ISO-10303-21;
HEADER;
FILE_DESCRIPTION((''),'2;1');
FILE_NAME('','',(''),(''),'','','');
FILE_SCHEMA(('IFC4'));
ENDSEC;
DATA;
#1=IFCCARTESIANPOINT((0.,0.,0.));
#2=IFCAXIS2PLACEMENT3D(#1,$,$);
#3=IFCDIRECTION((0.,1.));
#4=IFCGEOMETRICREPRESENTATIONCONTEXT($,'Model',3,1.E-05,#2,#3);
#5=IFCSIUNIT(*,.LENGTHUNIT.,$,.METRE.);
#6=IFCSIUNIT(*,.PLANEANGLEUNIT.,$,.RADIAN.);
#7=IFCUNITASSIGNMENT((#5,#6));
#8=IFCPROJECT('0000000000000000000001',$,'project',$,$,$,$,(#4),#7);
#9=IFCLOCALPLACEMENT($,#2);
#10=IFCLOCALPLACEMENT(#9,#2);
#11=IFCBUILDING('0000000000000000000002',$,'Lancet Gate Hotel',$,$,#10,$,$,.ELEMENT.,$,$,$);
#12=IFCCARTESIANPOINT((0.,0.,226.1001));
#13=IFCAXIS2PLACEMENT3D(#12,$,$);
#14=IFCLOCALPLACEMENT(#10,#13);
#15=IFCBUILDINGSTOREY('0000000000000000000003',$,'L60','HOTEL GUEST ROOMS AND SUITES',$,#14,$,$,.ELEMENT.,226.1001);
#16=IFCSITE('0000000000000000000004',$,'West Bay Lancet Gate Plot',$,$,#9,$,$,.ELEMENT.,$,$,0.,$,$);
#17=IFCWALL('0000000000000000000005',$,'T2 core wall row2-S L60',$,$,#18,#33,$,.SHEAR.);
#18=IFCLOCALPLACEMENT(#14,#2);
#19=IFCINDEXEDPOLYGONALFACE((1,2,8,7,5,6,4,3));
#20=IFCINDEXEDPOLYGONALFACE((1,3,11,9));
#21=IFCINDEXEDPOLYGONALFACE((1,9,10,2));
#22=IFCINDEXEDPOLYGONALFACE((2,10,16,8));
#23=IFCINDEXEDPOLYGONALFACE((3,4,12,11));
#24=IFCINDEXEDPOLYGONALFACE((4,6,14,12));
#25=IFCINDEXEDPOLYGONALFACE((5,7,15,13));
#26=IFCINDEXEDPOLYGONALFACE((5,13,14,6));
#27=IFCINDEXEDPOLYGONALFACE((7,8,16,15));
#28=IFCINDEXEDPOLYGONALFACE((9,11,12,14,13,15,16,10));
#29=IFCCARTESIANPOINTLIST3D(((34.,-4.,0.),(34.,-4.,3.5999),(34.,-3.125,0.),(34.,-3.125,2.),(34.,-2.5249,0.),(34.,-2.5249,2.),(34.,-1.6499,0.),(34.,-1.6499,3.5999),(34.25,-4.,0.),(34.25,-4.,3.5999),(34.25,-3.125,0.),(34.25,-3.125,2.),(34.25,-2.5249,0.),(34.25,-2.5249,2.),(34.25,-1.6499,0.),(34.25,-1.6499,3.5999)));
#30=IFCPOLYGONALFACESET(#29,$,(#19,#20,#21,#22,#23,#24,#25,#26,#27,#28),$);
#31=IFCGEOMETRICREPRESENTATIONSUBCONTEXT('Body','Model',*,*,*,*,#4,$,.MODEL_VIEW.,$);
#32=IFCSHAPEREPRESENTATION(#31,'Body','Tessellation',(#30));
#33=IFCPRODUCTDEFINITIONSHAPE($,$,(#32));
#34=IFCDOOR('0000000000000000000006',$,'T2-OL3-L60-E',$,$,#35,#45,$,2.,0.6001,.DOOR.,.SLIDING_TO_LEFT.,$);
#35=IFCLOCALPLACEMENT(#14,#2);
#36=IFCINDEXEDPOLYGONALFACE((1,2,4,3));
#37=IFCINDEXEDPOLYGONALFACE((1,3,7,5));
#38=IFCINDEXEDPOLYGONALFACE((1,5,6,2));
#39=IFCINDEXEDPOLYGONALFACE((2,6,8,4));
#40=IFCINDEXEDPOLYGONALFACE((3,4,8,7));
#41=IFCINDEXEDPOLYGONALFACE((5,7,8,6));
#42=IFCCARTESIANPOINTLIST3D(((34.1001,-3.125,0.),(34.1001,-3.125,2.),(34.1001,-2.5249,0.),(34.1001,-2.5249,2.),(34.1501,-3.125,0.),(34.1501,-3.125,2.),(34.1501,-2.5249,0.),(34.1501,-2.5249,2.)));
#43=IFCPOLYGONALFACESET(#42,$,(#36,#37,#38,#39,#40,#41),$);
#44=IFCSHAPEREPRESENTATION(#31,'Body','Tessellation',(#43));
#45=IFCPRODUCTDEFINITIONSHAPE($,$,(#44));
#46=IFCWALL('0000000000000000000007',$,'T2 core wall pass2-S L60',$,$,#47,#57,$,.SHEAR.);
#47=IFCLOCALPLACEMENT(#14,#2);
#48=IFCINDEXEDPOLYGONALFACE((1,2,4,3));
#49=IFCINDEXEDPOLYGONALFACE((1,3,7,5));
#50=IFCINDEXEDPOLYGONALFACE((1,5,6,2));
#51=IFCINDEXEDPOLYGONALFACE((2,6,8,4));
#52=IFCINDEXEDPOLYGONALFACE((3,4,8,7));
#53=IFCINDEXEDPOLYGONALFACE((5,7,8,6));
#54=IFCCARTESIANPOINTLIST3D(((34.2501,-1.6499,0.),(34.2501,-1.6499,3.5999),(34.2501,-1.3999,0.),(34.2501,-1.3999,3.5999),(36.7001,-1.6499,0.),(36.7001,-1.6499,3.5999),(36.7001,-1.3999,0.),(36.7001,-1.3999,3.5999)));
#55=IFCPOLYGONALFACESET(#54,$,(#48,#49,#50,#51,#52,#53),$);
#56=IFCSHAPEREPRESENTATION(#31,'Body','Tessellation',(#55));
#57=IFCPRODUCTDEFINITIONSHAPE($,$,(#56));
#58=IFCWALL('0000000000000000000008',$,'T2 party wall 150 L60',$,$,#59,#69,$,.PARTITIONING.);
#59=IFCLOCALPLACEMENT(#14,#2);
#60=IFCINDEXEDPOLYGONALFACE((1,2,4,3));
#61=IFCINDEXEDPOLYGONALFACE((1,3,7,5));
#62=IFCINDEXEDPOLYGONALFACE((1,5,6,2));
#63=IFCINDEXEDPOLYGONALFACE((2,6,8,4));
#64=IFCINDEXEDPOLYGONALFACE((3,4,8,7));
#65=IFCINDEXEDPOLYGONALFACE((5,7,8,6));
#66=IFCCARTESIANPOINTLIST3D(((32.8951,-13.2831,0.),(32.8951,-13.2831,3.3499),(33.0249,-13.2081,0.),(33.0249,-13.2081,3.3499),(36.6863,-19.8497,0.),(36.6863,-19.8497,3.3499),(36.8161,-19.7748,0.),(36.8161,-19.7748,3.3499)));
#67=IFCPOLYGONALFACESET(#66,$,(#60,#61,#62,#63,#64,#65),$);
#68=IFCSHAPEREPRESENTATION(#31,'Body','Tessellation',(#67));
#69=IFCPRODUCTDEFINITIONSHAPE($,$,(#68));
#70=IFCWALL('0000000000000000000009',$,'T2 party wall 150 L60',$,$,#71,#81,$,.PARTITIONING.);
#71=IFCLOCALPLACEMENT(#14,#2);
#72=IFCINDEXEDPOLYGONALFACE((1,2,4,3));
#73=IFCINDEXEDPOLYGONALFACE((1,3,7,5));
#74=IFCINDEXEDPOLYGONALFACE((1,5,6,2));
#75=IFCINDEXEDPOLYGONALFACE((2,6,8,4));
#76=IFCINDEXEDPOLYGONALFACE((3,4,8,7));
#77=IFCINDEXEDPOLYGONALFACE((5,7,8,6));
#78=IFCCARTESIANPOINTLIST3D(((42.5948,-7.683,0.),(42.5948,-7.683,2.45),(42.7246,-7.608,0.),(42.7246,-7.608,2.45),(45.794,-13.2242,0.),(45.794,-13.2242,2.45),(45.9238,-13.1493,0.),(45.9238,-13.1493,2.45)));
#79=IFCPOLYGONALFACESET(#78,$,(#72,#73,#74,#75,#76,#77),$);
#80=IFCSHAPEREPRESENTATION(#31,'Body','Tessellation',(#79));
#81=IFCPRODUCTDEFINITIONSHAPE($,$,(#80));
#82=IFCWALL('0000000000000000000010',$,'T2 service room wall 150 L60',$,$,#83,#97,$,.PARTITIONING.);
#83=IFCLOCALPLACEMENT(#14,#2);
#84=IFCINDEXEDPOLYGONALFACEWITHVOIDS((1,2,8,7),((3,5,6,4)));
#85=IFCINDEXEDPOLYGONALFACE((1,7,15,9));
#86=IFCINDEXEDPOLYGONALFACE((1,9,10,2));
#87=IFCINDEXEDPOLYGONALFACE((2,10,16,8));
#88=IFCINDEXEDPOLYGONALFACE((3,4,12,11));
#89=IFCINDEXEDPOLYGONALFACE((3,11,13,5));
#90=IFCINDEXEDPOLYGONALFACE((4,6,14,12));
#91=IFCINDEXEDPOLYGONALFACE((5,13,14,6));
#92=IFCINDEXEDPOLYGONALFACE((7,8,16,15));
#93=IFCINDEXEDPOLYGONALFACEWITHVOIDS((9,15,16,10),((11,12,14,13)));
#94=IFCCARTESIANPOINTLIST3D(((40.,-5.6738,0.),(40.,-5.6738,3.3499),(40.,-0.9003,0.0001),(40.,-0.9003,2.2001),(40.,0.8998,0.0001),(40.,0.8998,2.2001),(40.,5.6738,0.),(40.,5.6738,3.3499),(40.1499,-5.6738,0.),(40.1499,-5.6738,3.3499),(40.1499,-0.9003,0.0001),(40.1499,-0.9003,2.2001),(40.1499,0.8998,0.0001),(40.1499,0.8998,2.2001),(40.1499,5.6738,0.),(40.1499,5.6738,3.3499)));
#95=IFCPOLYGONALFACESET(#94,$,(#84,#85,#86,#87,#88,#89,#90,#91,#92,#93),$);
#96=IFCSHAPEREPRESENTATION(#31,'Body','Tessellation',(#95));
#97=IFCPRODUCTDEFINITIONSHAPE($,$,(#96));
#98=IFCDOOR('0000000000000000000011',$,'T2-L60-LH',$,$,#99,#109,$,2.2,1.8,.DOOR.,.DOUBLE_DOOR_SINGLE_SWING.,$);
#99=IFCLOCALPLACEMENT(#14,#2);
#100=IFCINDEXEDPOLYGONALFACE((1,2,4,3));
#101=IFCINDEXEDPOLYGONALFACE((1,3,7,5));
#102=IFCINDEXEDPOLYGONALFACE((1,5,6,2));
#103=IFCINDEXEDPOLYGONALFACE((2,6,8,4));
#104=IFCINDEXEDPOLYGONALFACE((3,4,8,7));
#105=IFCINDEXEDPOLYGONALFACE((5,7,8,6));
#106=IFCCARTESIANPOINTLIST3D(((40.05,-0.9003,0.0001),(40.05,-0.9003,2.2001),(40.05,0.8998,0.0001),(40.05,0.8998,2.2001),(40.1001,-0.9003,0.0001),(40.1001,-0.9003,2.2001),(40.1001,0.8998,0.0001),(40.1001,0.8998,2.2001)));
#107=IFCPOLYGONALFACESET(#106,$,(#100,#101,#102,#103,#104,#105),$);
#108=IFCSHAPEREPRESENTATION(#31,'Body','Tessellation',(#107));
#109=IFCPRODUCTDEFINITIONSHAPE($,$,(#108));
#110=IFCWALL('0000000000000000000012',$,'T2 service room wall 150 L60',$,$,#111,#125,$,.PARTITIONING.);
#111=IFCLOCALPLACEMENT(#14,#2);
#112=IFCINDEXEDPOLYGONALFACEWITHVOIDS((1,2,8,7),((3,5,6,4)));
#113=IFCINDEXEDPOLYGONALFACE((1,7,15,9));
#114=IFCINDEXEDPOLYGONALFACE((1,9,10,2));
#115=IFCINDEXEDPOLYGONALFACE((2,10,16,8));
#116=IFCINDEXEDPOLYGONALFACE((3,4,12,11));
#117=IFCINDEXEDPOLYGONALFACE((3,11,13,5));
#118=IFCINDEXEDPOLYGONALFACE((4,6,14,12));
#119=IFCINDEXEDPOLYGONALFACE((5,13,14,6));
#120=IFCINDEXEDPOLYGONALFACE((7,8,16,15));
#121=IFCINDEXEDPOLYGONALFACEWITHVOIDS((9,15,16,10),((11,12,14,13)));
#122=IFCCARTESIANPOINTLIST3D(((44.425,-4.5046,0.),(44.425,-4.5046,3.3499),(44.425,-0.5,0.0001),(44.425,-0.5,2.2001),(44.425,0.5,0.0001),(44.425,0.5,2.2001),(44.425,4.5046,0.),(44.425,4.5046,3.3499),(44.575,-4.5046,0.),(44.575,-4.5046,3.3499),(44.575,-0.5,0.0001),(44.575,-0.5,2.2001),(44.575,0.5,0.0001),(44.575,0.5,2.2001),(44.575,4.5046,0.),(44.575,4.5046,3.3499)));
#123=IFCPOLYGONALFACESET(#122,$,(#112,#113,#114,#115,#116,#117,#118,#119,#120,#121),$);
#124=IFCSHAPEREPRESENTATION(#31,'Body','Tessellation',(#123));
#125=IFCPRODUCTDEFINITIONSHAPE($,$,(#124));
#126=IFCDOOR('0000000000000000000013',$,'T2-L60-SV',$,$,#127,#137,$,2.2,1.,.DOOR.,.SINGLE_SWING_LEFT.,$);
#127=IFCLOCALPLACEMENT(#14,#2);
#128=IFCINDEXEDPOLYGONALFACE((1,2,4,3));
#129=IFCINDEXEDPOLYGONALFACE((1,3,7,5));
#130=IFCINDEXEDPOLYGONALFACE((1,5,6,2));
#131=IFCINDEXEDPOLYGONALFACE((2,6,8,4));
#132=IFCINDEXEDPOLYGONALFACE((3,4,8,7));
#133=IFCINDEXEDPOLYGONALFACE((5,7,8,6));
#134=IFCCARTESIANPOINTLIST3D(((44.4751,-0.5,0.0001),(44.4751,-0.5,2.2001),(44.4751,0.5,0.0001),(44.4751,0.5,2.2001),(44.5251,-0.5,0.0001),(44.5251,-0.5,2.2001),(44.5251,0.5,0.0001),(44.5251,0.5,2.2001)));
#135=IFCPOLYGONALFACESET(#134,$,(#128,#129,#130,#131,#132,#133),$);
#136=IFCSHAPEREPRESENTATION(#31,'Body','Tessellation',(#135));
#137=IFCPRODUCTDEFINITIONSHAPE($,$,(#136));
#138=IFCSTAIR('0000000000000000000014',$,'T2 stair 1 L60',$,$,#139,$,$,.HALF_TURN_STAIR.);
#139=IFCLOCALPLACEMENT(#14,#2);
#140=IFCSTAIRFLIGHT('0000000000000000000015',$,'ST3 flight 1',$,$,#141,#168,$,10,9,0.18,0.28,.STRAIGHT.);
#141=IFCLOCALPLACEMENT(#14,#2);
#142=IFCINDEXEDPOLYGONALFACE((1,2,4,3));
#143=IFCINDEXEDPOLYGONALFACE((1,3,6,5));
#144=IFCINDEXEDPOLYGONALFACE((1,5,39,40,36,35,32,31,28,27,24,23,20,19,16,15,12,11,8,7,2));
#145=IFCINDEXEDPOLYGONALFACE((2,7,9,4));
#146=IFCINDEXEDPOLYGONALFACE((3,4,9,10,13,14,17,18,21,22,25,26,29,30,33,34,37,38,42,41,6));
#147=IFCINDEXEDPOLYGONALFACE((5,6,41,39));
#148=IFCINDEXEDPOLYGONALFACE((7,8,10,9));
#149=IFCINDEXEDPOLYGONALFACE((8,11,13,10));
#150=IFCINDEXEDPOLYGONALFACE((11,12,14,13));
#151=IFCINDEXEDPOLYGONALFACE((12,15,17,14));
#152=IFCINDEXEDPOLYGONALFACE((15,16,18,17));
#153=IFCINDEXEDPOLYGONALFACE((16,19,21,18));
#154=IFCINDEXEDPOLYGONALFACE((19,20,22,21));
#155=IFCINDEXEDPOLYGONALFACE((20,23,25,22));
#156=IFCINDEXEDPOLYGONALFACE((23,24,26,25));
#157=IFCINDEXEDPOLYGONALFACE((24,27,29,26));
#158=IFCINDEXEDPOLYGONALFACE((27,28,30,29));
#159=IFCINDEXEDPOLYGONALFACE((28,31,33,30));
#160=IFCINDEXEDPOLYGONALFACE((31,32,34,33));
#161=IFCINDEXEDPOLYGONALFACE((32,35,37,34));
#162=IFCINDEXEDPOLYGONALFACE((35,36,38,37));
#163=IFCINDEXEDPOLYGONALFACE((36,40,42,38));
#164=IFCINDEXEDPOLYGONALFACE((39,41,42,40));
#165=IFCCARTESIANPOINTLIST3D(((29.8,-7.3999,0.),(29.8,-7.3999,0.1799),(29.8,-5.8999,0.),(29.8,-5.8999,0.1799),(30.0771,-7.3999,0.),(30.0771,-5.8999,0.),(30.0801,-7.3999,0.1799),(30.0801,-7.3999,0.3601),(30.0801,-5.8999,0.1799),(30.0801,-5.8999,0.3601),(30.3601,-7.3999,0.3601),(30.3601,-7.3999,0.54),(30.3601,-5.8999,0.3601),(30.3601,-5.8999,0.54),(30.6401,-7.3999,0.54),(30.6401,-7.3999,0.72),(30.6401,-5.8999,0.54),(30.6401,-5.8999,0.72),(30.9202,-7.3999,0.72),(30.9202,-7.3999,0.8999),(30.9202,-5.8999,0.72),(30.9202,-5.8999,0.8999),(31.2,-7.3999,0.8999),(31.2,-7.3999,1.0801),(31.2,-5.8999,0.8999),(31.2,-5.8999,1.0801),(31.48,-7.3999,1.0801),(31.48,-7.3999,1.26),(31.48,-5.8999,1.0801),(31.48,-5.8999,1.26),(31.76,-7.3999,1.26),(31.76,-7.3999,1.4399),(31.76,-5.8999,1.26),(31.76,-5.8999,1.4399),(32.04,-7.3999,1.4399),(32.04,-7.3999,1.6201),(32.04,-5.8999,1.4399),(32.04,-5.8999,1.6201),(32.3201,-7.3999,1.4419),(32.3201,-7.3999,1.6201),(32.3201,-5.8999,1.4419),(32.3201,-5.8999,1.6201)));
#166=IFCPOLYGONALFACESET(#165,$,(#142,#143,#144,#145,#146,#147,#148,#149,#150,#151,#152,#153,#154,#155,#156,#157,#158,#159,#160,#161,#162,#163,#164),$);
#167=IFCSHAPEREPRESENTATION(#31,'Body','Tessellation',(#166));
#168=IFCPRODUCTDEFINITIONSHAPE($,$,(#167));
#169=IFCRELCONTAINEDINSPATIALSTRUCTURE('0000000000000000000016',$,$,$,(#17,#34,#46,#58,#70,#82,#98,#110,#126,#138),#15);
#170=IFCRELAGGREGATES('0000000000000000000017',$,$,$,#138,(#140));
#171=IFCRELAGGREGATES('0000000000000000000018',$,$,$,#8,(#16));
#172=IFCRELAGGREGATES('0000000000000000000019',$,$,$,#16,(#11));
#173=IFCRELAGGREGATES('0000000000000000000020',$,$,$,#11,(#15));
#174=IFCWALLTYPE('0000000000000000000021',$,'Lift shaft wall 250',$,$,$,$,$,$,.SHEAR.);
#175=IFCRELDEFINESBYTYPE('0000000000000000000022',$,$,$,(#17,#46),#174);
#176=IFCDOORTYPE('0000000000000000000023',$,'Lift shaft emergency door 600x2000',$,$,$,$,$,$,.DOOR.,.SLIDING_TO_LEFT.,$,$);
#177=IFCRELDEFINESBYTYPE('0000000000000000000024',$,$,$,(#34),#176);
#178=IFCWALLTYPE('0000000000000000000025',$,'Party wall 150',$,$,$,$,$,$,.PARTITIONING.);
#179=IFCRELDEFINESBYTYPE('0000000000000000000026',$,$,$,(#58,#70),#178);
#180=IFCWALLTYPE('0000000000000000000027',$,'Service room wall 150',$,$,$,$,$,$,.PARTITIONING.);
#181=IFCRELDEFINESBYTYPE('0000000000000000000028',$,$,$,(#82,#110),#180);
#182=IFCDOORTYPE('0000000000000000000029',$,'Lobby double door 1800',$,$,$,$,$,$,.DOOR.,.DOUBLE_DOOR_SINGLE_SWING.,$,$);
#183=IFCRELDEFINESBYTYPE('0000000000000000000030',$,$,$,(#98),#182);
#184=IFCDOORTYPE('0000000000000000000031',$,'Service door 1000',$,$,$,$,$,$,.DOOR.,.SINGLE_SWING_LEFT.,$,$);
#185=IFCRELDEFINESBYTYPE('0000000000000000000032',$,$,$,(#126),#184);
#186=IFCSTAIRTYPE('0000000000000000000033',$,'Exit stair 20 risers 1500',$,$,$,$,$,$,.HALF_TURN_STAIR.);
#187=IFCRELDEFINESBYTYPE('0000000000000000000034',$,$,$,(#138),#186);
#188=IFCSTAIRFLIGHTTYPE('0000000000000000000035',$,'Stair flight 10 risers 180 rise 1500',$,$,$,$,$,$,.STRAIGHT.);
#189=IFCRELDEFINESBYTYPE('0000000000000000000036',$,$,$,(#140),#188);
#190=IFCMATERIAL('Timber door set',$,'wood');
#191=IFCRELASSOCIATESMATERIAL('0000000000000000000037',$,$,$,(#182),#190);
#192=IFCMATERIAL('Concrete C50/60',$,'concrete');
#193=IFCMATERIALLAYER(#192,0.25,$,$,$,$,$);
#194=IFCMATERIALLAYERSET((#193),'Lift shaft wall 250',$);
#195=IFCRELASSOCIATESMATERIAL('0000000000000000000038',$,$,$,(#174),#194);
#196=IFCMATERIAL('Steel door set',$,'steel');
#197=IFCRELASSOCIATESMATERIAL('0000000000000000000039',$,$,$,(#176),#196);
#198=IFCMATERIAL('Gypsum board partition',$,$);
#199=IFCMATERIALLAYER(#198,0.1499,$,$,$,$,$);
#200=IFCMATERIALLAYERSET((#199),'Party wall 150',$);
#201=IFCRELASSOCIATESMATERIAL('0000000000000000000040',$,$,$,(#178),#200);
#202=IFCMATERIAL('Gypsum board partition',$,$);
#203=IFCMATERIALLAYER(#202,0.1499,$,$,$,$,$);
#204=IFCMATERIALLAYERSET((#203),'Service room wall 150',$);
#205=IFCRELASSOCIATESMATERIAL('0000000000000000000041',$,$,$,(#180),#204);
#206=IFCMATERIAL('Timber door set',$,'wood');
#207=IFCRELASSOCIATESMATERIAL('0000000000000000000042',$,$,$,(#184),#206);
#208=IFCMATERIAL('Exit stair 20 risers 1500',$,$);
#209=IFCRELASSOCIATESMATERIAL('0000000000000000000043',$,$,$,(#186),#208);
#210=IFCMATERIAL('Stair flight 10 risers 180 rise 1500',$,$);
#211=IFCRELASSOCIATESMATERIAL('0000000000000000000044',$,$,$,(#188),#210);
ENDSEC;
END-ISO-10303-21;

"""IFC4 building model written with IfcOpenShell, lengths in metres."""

from ifc_helpers import new_model, si_unit, direction, frame, frame_2d, origin, place, context, subcontext, project, spatial, polyline, rectangle, outline, extrude, material, layer, layer_set, type_object, element, fill, aggregate, save


model = new_model("IFC4")

# Units and contexts
model_context = context("Model", 3, precision=1e-05, world=origin(), true_north=direction((0.0, 1.0)))
body_context = subcontext(model_context, "Body", "Model", "MODEL_VIEW")
ifc_project = project(units=[si_unit("LENGTHUNIT", "METRE"), si_unit("PLANEANGLEUNIT", "RADIAN")], contexts=[model_context])

# Site, building, storey
site_placement = place(None, origin())
site = spatial("IfcSite", under=ifc_project, at=site_placement, Name="West Bay Lancet Gate Plot", CompositionType="ELEMENT", RefElevation=0.0)
building_placement = place(site_placement, origin())
building = spatial("IfcBuilding", under=site, at=building_placement, Name="Lancet Gate Hotel", CompositionType="ELEMENT")
storey_placement = place(building_placement, frame((0.0, 0.0, 226.1001)))
storey = spatial("IfcBuildingStorey", under=building, at=storey_placement, Name="L60", Description="HOTEL GUEST ROOMS AND SUITES", CompositionType="ELEMENT", Elevation=226.1001)

# Wall, opening, door
ifc_material_1 = material(Name="Timber door set", Category="wood")
door_type_1 = type_object("IfcDoorType", Name="Lobby double door 1800", OperationType="DOUBLE_DOOR_SINGLE_SWING", PredefinedType="DOOR", material=ifc_material_1)
ifc_material_2 = material(Name="Concrete C50/60", Category="concrete")
ifc_layer_1 = layer(ifc_material_2, 0.25)
ifc_layer_set_1 = layer_set([ifc_layer_1], Name="Lift shaft wall 250")
wall_type_1 = type_object("IfcWallType", Name="Lift shaft wall 250", PredefinedType="SHEAR", material=ifc_layer_set_1)
wall_1_placement = place(storey_placement, frame((34.125, -4.0, 0.0), z_axis=(0.0, 0.0, 1.0), x_axis=(0.0, 1.0, 0.0)))
wall_1 = element("IfcWall", 1, at=wall_1_placement, inside=storey, type_object=wall_type_1, Name="T2 core wall row2-S L60", PredefinedType="SHEAR", context=body_context, shape_type="SweptSolid", body=[
    extrude(rectangle(XDim=2.3501, YDim=0.25, at=frame_2d((1.175, 0.0))), origin(), (0.0, 0.0, 1.0), 3.5999),
])
opening_1_placement = place(wall_1_placement, frame((0.875, 0.0, 0.0)))
opening_1 = element("IfcOpeningElement", 2, at=opening_1_placement, cuts=wall_1, PredefinedType="OPENING", context=body_context, shape_type="SweptSolid", body=[
    extrude(rectangle(XDim=0.6001, YDim=2.0, at=frame_2d((0.3, 1.0))), frame((0.0, 0.135, 0.0), z_axis=(0.0, -1.0, 0.0), x_axis=(1.0, 0.0, 0.0)), (0.0, 0.0, 1.0), 0.27),
])
ifc_material_3 = material(Name="Steel door set", Category="steel")
door_type_2 = type_object("IfcDoorType", Name="Lift shaft emergency door 600x2000", OperationType="SLIDING_TO_LEFT", PredefinedType="DOOR", material=ifc_material_3)
door_1_placement = place(opening_1_placement, origin())
door_1 = element("IfcDoor", 3, at=door_1_placement, inside=storey, type_object=door_type_2, Name="T2-OL3-L60-E", OperationType="SLIDING_TO_LEFT", OverallHeight=2.0, OverallWidth=0.6001, PredefinedType="DOOR", context=body_context, shape_type="SweptSolid", body=[
    extrude(rectangle(XDim=0.6001, YDim=2.0, at=frame_2d((0.3, 1.0))), frame((0.0, 0.0249, 0.0), z_axis=(0.0, -1.0, 0.0), x_axis=(1.0, 0.0, 0.0)), (0.0, 0.0, 1.0), 0.05),
])
fill(opening_1, door_1)

# Walls
wall_2_placement = place(storey_placement, frame((34.25, -1.5249, 0.0), z_axis=(0.0, 0.0, 1.0), x_axis=(1.0, 0.0, 0.0)))
element("IfcWall", 4, at=wall_2_placement, inside=storey, type_object=wall_type_1, Name="T2 core wall pass2-S L60", PredefinedType="SHEAR", context=body_context, shape_type="SweptSolid", body=[
    extrude(rectangle(XDim=2.45, YDim=0.25, at=frame_2d((1.2251, 0.0))), origin(), (0.0, 0.0, 1.0), 3.5999),
])
ifc_material_4 = material(Name="Gypsum board partition")
ifc_layer_2 = layer(ifc_material_4, 0.1499)
ifc_layer_set_2 = layer_set([ifc_layer_2], Name="Party wall 150")
wall_type_2 = type_object("IfcWallType", Name="Party wall 150", PredefinedType="PARTITIONING", material=ifc_layer_set_2)
wall_3_placement = place(storey_placement, frame((32.96, -13.2456, 0.0), z_axis=(0.0, 0.0, 1.0), x_axis=(0.5, -0.866025, 0.0)))
element("IfcWall", 5, at=wall_3_placement, inside=storey, type_object=wall_type_2, Name="T2 party wall 150 L60", PredefinedType="PARTITIONING", context=body_context, shape_type="SweptSolid", body=[
    extrude(rectangle(XDim=7.5825, YDim=0.1499, at=frame_2d((3.7913, 0.0))), origin(), (0.0, 0.0, 1.0), 3.3499),
])
wall_4_placement = place(storey_placement, frame((42.6597, -7.6455, 0.0), z_axis=(0.0, 0.0, 1.0), x_axis=(0.499997, -0.866027, 0.0)))
element("IfcWall", 6, at=wall_4_placement, inside=storey, type_object=wall_type_2, Name="T2 party wall 150 L60", PredefinedType="PARTITIONING", context=body_context, shape_type="SweptSolid", body=[
    extrude(rectangle(XDim=6.3984, YDim=0.1499, at=frame_2d((3.1992, 0.0))), origin(), (0.0, 0.0, 1.0), 2.45),
])

# Walls, openings, doors
ifc_material_5 = material(Name="Gypsum board partition")
ifc_layer_3 = layer(ifc_material_5, 0.1499)
ifc_layer_set_3 = layer_set([ifc_layer_3], Name="Service room wall 150")
wall_type_3 = type_object("IfcWallType", Name="Service room wall 150", PredefinedType="PARTITIONING", material=ifc_layer_set_3)
wall_5_placement = place(storey_placement, frame((40.075, -5.6738, 0.0), z_axis=(0.0, 0.0, 1.0), x_axis=(0.0, 1.0, 0.0)))
wall_5 = element("IfcWall", 7, at=wall_5_placement, inside=storey, type_object=wall_type_3, Name="T2 service room wall 150 L60", PredefinedType="PARTITIONING", context=body_context, shape_type="SweptSolid", body=[
    extrude(rectangle(XDim=11.3477, YDim=0.1499, at=frame_2d((5.6738, 0.0))), origin(), (0.0, 0.0, 1.0), 3.3499),
])
opening_2_placement = place(wall_5_placement, frame((4.7737, 0.0, 0.0)))
opening_2 = element("IfcOpeningElement", 8, at=opening_2_placement, cuts=wall_5, PredefinedType="OPENING", context=body_context, shape_type="SweptSolid", body=[
    extrude(rectangle(XDim=1.8, YDim=2.2, at=frame_2d((0.8999, 1.1001))), frame((0.0, 0.085, 0.0), z_axis=(0.0, -1.0, 0.0), x_axis=(1.0, 0.0, 0.0)), (0.0, 0.0, 1.0), 0.1699),
])
door_2_placement = place(opening_2_placement, origin())
door_2 = element("IfcDoor", 9, at=door_2_placement, inside=storey, type_object=door_type_1, Name="T2-L60-LH", OperationType="DOUBLE_DOOR_SINGLE_SWING", OverallHeight=2.2, OverallWidth=1.8, PredefinedType="DOOR", context=body_context, shape_type="SweptSolid", body=[
    extrude(rectangle(XDim=1.8, YDim=2.2, at=frame_2d((0.8999, 1.1001))), frame((0.0, 0.0249, 0.0), z_axis=(0.0, -1.0, 0.0), x_axis=(1.0, 0.0, 0.0)), (0.0, 0.0, 1.0), 0.05),
])
fill(opening_2, door_2)
wall_6_placement = place(storey_placement, frame((44.5, -4.5046, 0.0), z_axis=(0.0, 0.0, 1.0), x_axis=(0.0, 1.0, 0.0)))
wall_6 = element("IfcWall", 10, at=wall_6_placement, inside=storey, type_object=wall_type_3, Name="T2 service room wall 150 L60", PredefinedType="PARTITIONING", context=body_context, shape_type="SweptSolid", body=[
    extrude(rectangle(XDim=9.0093, YDim=0.1499, at=frame_2d((4.5046, 0.0))), origin(), (0.0, 0.0, 1.0), 3.3499),
])
opening_3_placement = place(wall_6_placement, frame((4.0046, 0.0, 0.0)))
opening_3 = element("IfcOpeningElement", 11, at=opening_3_placement, cuts=wall_6, PredefinedType="OPENING", context=body_context, shape_type="SweptSolid", body=[
    extrude(rectangle(XDim=1.0, YDim=2.2, at=frame_2d((0.5, 1.1001))), frame((0.0, 0.085, 0.0), z_axis=(0.0, -1.0, 0.0), x_axis=(1.0, 0.0, 0.0)), (0.0, 0.0, 1.0), 0.1699),
])
ifc_material_6 = material(Name="Timber door set", Category="wood")
door_type_3 = type_object("IfcDoorType", Name="Service door 1000", OperationType="SINGLE_SWING_LEFT", PredefinedType="DOOR", material=ifc_material_6)
door_3_placement = place(opening_3_placement, origin())
door_3 = element("IfcDoor", 12, at=door_3_placement, inside=storey, type_object=door_type_3, Name="T2-L60-SV", OperationType="SINGLE_SWING_LEFT", OverallHeight=2.2, OverallWidth=1.0, PredefinedType="DOOR", context=body_context, shape_type="SweptSolid", body=[
    extrude(rectangle(XDim=1.0, YDim=2.2, at=frame_2d((0.5, 1.1001))), frame((0.0, 0.0249, 0.0), z_axis=(0.0, -1.0, 0.0), x_axis=(1.0, 0.0, 0.0)), (0.0, 0.0, 1.0), 0.05),
])
fill(opening_3, door_3)

# Stair, stair flight
ifc_material_7 = material(Name="Exit stair 20 risers 1500")
stair_type = type_object("IfcStairType", Name="Exit stair 20 risers 1500", PredefinedType="HALF_TURN_STAIR", material=ifc_material_7)
stair_placement = place(storey_placement, origin())
stair = element("IfcStair", 13, at=stair_placement, inside=storey, type_object=stair_type, Name="T2 stair 1 L60", PredefinedType="HALF_TURN_STAIR")
ifc_material_8 = material(Name="Stair flight 10 risers 180 rise 1500")
stair_flight_type = type_object("IfcStairFlightType", Name="Stair flight 10 risers 180 rise 1500", PredefinedType="STRAIGHT", material=ifc_material_8)
stair_flight_1_placement = place(storey_placement, frame((29.8, -6.6499, 0.0), z_axis=(0.0, 0.0, 1.0), x_axis=(1.0, 0.0, 0.0)))
stair_flight_1 = element("IfcStairFlight", 14, at=stair_flight_1_placement, type_object=stair_flight_type, Name="ST3 flight 1", NumberOfRisers=10, NumberOfTreads=9, PredefinedType="STRAIGHT", RiserHeight=0.18, TreadLength=0.28, context=body_context, shape_type="SweptSolid", body=[
    extrude(outline(polyline([(0.0, 0.0), (0.0, 0.1799), (0.28, 0.1799), (0.28, 0.3601), (0.5601, 0.3601), (0.5601, 0.54), (0.8401, 0.54), (0.8401, 0.72), (1.1201, 0.72), (1.1201, 0.8999), (1.3999, 0.8999), (1.3999, 1.0801), (1.6799, 1.0801), (1.6799, 1.26), (1.96, 1.26), (1.96, 1.4399), (2.24, 1.4399), (2.24, 1.6201), (2.52, 1.6201), (2.52, 1.8), (2.52, 1.4419), (0.2771, 0.0), (0.0, 0.0)])), frame((0.0, 0.75, 0.0), z_axis=(0.0, -1.0, 0.0), x_axis=(1.0, 0.0, 0.0)), (0.0, 0.0, 1.0), 1.5),
])
aggregate(stair, [stair_flight_1])

save(model, "model.ifc")
